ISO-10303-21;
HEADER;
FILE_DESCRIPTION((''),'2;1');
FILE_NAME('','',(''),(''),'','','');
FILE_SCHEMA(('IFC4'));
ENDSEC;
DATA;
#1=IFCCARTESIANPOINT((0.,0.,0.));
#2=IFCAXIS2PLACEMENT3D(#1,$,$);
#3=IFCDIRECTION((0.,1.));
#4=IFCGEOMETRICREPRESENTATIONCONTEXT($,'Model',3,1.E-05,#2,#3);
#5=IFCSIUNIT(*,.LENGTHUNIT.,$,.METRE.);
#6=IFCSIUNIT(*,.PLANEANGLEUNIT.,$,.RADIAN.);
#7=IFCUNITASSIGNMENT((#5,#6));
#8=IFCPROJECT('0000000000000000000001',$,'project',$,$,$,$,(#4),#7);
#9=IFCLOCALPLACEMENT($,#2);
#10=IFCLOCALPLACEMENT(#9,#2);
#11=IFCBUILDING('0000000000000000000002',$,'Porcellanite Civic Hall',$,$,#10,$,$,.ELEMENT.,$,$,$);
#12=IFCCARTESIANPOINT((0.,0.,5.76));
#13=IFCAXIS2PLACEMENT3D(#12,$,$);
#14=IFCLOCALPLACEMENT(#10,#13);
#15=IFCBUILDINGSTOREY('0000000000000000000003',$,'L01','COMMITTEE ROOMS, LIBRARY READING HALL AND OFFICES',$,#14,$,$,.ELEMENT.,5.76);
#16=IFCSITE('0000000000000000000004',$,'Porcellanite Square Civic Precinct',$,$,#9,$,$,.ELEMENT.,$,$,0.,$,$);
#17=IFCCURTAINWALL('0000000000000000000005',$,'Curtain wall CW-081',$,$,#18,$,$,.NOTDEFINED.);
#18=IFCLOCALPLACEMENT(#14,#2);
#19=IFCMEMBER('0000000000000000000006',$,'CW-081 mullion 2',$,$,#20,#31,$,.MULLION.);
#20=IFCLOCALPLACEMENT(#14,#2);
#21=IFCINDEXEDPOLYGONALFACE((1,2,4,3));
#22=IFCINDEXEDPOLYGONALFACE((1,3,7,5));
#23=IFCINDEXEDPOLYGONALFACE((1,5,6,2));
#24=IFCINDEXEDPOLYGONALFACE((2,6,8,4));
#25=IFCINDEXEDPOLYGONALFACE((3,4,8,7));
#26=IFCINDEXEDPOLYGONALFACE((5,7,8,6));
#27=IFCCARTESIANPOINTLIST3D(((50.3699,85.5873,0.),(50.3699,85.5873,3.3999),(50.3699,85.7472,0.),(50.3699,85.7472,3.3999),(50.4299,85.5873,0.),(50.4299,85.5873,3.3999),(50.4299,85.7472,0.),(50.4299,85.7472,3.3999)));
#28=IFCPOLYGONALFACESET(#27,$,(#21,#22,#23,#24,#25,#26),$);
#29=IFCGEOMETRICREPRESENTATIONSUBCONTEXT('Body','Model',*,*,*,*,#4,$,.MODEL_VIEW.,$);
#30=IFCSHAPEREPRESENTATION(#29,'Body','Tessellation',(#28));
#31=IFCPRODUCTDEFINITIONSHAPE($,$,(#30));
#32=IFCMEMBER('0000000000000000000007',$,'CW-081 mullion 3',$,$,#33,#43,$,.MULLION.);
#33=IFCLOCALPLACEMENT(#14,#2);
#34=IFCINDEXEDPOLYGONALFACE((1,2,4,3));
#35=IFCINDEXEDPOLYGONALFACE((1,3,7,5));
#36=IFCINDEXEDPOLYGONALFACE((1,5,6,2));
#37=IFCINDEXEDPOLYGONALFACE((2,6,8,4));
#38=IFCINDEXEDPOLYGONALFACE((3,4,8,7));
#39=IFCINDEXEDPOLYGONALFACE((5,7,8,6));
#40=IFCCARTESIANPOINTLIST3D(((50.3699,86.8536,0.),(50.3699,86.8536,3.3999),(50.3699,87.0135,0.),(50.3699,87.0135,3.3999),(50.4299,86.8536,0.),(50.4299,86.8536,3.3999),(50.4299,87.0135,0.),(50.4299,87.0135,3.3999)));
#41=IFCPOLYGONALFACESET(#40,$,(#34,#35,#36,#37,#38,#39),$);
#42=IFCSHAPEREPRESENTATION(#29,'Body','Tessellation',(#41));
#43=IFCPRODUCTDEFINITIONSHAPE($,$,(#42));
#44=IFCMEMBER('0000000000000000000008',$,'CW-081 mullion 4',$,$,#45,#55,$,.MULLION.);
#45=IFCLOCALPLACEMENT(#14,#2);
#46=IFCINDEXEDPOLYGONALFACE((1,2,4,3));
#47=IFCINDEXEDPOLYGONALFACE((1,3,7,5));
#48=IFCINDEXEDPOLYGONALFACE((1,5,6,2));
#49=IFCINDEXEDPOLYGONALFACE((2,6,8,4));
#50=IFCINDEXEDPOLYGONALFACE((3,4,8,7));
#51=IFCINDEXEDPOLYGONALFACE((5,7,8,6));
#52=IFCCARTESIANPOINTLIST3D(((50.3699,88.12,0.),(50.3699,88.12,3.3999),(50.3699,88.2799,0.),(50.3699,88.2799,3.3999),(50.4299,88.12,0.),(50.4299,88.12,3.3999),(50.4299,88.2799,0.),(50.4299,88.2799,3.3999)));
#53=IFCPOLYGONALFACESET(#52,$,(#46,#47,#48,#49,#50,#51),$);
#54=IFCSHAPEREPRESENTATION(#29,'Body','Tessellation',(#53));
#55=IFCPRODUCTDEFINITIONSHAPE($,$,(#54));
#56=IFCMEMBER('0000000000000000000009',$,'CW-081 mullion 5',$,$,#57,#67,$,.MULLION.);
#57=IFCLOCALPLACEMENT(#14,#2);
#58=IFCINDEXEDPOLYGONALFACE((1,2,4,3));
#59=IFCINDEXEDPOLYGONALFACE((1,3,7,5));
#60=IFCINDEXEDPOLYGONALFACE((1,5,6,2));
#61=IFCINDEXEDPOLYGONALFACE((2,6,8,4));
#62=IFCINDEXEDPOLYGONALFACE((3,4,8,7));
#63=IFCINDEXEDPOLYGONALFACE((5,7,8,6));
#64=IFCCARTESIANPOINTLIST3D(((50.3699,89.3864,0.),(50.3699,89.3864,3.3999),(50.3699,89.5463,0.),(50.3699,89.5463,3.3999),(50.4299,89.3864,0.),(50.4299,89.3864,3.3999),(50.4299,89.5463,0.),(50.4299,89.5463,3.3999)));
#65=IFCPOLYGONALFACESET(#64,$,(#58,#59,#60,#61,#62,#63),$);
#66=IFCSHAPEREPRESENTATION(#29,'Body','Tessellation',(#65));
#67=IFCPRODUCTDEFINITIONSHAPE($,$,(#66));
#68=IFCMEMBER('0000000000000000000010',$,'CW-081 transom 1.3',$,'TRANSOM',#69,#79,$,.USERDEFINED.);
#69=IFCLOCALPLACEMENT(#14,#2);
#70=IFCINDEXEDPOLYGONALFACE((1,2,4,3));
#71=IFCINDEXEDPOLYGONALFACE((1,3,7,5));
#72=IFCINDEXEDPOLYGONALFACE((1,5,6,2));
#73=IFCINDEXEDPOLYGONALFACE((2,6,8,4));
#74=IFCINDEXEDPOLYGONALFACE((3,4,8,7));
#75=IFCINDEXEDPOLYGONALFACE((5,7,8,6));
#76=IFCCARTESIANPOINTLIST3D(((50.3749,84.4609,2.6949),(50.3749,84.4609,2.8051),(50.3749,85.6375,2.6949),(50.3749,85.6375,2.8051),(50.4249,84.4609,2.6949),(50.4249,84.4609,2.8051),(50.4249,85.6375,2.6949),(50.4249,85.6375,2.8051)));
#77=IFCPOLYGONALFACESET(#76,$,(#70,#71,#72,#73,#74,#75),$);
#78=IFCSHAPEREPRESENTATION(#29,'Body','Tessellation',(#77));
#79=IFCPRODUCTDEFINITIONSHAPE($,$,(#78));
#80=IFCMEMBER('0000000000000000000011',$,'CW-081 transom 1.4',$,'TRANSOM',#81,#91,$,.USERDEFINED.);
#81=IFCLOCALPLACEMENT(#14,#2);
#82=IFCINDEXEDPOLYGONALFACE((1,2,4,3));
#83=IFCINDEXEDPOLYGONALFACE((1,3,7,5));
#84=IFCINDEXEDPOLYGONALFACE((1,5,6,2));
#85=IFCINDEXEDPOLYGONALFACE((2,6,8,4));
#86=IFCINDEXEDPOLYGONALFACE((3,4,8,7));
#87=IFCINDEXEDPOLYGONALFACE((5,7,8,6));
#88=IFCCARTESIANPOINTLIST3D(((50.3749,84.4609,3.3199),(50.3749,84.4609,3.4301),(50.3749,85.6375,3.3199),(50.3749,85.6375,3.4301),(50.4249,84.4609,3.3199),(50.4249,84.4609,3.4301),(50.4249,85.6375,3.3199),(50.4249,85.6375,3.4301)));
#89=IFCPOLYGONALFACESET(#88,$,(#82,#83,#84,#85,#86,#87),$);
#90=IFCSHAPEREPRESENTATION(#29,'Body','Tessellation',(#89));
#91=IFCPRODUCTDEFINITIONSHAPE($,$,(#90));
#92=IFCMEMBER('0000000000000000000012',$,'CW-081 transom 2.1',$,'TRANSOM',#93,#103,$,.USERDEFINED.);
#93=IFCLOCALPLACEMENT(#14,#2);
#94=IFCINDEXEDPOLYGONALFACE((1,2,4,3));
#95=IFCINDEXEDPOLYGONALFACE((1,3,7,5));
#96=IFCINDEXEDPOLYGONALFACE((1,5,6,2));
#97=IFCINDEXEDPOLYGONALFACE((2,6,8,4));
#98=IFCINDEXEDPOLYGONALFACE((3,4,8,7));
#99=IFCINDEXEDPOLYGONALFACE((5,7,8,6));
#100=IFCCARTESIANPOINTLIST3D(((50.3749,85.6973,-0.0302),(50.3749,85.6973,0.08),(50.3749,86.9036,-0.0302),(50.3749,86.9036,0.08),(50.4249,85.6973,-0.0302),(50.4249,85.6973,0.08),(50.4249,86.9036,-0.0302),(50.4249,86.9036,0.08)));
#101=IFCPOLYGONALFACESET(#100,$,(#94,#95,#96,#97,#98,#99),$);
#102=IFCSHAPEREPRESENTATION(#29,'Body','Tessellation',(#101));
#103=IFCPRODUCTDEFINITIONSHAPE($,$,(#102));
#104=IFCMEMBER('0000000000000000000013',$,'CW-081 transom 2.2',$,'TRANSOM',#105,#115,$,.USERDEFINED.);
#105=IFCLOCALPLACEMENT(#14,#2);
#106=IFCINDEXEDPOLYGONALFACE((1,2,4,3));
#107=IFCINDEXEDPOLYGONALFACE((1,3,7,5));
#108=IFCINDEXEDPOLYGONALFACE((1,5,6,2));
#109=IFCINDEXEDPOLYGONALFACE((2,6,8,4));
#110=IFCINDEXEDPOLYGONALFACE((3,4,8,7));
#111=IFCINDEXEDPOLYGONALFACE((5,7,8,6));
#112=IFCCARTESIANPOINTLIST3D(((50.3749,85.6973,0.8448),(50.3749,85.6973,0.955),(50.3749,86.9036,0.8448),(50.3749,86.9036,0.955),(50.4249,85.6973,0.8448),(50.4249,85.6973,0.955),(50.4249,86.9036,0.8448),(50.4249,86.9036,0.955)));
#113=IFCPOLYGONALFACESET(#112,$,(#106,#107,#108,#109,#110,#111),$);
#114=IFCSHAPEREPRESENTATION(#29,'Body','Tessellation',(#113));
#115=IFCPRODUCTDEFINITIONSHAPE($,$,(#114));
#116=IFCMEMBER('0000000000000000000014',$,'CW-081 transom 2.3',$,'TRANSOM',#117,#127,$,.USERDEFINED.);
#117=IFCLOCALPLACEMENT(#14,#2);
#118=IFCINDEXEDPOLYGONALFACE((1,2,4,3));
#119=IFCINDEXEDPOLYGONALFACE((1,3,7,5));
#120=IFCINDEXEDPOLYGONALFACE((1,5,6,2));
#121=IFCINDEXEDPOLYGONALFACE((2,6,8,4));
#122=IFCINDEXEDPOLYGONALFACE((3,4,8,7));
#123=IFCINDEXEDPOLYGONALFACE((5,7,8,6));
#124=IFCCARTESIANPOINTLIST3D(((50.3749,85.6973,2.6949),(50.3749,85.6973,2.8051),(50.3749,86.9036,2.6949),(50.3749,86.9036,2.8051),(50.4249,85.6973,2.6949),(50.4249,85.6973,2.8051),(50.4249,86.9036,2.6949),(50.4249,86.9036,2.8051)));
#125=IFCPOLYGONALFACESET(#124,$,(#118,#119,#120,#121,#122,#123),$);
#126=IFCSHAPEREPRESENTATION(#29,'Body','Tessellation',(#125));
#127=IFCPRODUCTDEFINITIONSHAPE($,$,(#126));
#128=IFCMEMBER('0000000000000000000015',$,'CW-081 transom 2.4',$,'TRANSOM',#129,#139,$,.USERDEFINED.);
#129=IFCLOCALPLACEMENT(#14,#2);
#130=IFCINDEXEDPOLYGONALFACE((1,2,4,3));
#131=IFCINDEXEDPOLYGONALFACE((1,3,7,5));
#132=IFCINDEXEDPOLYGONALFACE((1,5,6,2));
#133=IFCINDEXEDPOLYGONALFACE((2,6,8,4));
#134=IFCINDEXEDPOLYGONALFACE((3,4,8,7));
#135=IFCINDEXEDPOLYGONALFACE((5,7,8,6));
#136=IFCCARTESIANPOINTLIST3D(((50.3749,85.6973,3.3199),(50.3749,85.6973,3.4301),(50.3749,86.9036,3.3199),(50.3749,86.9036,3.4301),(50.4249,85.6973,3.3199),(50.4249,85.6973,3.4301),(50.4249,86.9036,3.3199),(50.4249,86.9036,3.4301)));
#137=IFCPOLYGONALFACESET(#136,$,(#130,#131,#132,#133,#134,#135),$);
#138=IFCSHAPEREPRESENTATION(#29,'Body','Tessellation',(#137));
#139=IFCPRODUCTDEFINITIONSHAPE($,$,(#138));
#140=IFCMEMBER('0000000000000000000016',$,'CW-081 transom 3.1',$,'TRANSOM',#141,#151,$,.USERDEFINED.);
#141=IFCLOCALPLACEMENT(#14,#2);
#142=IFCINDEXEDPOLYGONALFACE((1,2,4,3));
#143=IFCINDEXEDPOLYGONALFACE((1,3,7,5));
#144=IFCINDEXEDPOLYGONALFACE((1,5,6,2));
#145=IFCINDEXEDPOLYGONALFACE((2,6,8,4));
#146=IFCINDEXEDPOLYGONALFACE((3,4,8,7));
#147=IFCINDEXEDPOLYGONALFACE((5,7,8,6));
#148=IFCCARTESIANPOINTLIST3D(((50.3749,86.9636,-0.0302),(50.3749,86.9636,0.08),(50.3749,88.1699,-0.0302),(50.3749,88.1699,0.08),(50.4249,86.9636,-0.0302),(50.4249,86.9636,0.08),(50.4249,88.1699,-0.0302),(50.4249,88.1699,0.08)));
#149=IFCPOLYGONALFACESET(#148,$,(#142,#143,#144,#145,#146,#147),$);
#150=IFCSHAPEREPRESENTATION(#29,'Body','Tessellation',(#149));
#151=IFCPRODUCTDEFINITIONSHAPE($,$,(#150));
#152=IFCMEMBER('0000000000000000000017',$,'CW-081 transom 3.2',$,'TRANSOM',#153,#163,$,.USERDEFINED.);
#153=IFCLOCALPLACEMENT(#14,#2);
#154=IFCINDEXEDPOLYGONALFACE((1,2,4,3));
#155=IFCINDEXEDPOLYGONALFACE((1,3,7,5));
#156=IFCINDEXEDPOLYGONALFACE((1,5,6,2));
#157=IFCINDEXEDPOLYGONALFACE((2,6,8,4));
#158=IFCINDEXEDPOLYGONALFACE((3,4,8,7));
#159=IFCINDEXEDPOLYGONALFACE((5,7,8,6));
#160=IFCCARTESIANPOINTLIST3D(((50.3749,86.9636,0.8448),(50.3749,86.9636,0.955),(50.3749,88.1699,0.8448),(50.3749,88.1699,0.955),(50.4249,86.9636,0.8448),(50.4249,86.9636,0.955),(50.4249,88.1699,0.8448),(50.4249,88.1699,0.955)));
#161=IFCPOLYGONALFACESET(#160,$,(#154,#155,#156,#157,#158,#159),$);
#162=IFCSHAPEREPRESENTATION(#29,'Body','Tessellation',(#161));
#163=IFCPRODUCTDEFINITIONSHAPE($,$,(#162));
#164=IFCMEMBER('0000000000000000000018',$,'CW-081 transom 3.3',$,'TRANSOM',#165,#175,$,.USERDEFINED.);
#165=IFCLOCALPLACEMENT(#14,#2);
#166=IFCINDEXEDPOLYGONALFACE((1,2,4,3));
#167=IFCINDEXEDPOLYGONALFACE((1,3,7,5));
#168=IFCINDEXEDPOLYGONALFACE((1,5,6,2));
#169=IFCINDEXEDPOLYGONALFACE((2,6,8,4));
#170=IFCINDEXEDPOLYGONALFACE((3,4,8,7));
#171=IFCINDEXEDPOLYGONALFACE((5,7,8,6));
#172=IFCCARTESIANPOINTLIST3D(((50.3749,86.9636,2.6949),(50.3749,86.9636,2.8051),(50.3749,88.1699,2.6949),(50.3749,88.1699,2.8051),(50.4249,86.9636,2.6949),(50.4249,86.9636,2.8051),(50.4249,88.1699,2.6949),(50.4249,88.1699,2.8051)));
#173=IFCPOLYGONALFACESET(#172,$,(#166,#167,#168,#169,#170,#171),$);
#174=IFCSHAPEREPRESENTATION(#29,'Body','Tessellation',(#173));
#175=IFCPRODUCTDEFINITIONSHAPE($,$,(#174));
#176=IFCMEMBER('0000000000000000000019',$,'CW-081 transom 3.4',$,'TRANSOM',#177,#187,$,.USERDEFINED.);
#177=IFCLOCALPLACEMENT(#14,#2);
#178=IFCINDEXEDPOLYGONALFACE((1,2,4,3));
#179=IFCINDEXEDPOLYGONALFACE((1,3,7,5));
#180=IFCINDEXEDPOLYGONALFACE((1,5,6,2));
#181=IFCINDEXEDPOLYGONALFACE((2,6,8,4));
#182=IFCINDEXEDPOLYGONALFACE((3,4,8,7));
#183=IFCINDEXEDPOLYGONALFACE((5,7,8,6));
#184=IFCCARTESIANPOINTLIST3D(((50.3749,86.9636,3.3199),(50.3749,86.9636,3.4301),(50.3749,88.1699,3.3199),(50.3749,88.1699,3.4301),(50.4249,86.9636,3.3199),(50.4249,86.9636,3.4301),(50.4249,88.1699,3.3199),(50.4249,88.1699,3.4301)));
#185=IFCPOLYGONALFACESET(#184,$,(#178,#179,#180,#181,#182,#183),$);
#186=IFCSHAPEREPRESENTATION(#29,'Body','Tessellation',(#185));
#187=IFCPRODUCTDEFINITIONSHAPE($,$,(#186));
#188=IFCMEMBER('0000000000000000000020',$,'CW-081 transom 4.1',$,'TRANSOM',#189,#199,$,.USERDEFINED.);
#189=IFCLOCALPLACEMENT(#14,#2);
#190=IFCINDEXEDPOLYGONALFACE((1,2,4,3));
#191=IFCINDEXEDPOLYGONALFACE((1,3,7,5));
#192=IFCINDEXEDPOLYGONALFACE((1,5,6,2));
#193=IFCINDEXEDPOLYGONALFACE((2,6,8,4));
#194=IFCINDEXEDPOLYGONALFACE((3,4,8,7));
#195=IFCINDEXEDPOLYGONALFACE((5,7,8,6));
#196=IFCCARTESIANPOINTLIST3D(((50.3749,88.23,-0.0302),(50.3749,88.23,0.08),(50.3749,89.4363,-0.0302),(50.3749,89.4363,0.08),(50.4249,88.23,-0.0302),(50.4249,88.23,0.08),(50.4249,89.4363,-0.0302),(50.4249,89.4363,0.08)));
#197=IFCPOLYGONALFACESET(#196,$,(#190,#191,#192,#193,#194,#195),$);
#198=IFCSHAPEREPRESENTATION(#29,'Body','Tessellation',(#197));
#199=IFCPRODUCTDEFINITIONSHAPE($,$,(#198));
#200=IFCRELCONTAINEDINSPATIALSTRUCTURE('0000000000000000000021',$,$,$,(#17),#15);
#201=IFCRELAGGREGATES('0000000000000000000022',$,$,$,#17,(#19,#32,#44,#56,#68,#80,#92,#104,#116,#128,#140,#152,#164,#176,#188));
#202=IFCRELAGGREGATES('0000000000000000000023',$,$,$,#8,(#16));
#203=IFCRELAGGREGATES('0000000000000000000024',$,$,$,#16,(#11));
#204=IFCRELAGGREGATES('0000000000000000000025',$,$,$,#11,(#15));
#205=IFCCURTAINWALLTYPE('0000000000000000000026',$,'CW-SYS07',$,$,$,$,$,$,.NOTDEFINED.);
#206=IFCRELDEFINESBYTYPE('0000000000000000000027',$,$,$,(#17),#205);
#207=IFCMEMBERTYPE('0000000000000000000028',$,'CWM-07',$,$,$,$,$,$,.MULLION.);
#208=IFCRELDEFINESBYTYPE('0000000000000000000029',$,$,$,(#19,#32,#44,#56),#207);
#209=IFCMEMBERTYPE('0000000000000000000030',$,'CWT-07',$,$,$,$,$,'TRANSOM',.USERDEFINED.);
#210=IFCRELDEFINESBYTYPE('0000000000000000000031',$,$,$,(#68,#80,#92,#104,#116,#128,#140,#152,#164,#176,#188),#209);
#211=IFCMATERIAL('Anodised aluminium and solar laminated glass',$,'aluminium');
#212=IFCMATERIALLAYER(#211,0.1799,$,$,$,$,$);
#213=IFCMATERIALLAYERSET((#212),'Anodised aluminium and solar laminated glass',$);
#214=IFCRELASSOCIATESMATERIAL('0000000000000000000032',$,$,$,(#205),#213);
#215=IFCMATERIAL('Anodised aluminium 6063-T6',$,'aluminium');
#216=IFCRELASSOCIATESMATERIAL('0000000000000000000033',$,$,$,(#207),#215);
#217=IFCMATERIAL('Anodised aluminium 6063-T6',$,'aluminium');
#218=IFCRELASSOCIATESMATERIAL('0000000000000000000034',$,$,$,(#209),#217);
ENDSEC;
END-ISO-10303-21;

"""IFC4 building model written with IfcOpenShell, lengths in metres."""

from ifc_helpers import new_model, si_unit, direction, frame, origin, origin_2d, place, context, subcontext, project, spatial, rectangle, extrude, material, layer, layer_set, material_profile, profile_set, type_object, element, aggregate, save


model = new_model("IFC4")

# Units and contexts
model_context = context("Model", 3, precision=1e-05, world=origin(), true_north=direction((0.0, 1.0)))
body_context = subcontext(model_context, "Body", "Model", "MODEL_VIEW")
ifc_project = project(units=[si_unit("LENGTHUNIT", "METRE"), si_unit("PLANEANGLEUNIT", "RADIAN")], contexts=[model_context])

# Site, building, storey
site_placement = place(None, origin())
site = spatial("IfcSite", under=ifc_project, at=site_placement, Name="Porcellanite Square Civic Precinct", CompositionType="ELEMENT", RefElevation=0.0)
building_placement = place(site_placement, origin())
building = spatial("IfcBuilding", under=site, at=building_placement, Name="Porcellanite Civic Hall", CompositionType="ELEMENT")
storey_placement = place(building_placement, frame((0.0, 0.0, 5.76)))
storey = spatial("IfcBuildingStorey", under=building, at=storey_placement, Name="L01", Description="COMMITTEE ROOMS, LIBRARY READING HALL AND OFFICES", CompositionType="ELEMENT", Elevation=5.76)

# Curtain wall, members
ifc_material_1 = material(Name="Anodised aluminium and solar laminated glass", Category="aluminium")
ifc_layer_1 = layer(ifc_material_1, 0.1799)
ifc_layer_set_1 = layer_set([ifc_layer_1], Name="Anodised aluminium and solar laminated glass")
curtain_wall_type = type_object("IfcCurtainWallType", Name="CW-SYS07", PredefinedType="NOTDEFINED", material=ifc_layer_set_1)
curtain_wall_placement = place(storey_placement, origin())
curtain_wall = element("IfcCurtainWall", 1, at=curtain_wall_placement, inside=storey, type_object=curtain_wall_type, Name="Curtain wall CW-081", PredefinedType="NOTDEFINED")
ifc_material_2 = material(Name="Anodised aluminium 6063-T6", Category="aluminium")
ifc_material_profile_1 = material_profile(ifc_material_2, rectangle(XDim=0.0601, YDim=0.1599, at=origin_2d()), Name="AL-60x160")
ifc_profile_set_1 = profile_set([ifc_material_profile_1], Name="Anodised aluminium 6063-T6")
member_type_1 = type_object("IfcMemberType", Name="CWM-07", PredefinedType="MULLION", material=ifc_profile_set_1)
member_1_placement = place(storey_placement, frame((50.3999, 85.6672, 0.0), z_axis=(0.0, 0.0, 1.0), x_axis=(-1.0, 0.0, 0.0)))
member_1 = element("IfcMember", 2, at=member_1_placement, type_object=member_type_1, Name="CW-081 mullion 2", PredefinedType="MULLION", context=body_context, shape_type="SweptSolid", body=[
    extrude(rectangle(XDim=0.0601, YDim=0.1599, at=origin_2d()), origin(), (0.0, 0.0, 1.0), 3.3999),
])
member_2_placement = place(storey_placement, frame((50.3999, 86.9336, 0.0), z_axis=(0.0, 0.0, 1.0), x_axis=(-1.0, 0.0, 0.0)))
member_2 = element("IfcMember", 3, at=member_2_placement, type_object=member_type_1, Name="CW-081 mullion 3", PredefinedType="MULLION", context=body_context, shape_type="SweptSolid", body=[
    extrude(rectangle(XDim=0.0601, YDim=0.1599, at=origin_2d()), origin(), (0.0, 0.0, 1.0), 3.3999),
])
member_3_placement = place(storey_placement, frame((50.3999, 88.2, 0.0), z_axis=(0.0, 0.0, 1.0), x_axis=(-1.0, 0.0, 0.0)))
member_3 = element("IfcMember", 4, at=member_3_placement, type_object=member_type_1, Name="CW-081 mullion 4", PredefinedType="MULLION", context=body_context, shape_type="SweptSolid", body=[
    extrude(rectangle(XDim=0.0601, YDim=0.1599, at=origin_2d()), origin(), (0.0, 0.0, 1.0), 3.3999),
])
member_4_placement = place(storey_placement, frame((50.3999, 89.4663, 0.0), z_axis=(0.0, 0.0, 1.0), x_axis=(-1.0, 0.0, 0.0)))
member_4 = element("IfcMember", 5, at=member_4_placement, type_object=member_type_1, Name="CW-081 mullion 5", PredefinedType="MULLION", context=body_context, shape_type="SweptSolid", body=[
    extrude(rectangle(XDim=0.0601, YDim=0.1599, at=origin_2d()), origin(), (0.0, 0.0, 1.0), 3.3999),
])
ifc_material_3 = material(Name="Anodised aluminium 6063-T6", Category="aluminium")
ifc_material_profile_2 = material_profile(ifc_material_3, rectangle(XDim=0.05, YDim=0.1101, at=origin_2d()), Name="AL-50x110")
ifc_profile_set_2 = profile_set([ifc_material_profile_2], Name="Anodised aluminium 6063-T6")
member_type_2 = type_object("IfcMemberType", Name="CWT-07", ElementType="TRANSOM", PredefinedType="USERDEFINED", material=ifc_profile_set_2)
member_5_placement = place(storey_placement, frame((50.3999, 84.4609, 2.75), z_axis=(0.0, 1.0, 0.0), x_axis=(-1.0, 0.0, 0.0)))
member_5 = element("IfcMember", 6, at=member_5_placement, type_object=member_type_2, Name="CW-081 transom 1.3", ObjectType="TRANSOM", PredefinedType="USERDEFINED", context=body_context, shape_type="SweptSolid", body=[
    extrude(rectangle(XDim=0.05, YDim=0.1101, at=origin_2d()), origin(), (0.0, 0.0, 1.0), 1.1765),
])
member_6_placement = place(storey_placement, frame((50.3999, 84.4609, 3.375), z_axis=(0.0, 1.0, 0.0), x_axis=(-1.0, 0.0, 0.0)))
member_6 = element("IfcMember", 7, at=member_6_placement, type_object=member_type_2, Name="CW-081 transom 1.4", ObjectType="TRANSOM", PredefinedType="USERDEFINED", context=body_context, shape_type="SweptSolid", body=[
    extrude(rectangle(XDim=0.05, YDim=0.1101, at=origin_2d()), origin(), (0.0, 0.0, 1.0), 1.1765),
])
member_7_placement = place(storey_placement, frame((50.3999, 85.6973, 0.0249), z_axis=(0.0, 1.0, 0.0), x_axis=(-1.0, 0.0, 0.0)))
member_7 = element("IfcMember", 8, at=member_7_placement, type_object=member_type_2, Name="CW-081 transom 2.1", ObjectType="TRANSOM", PredefinedType="USERDEFINED", context=body_context, shape_type="SweptSolid", body=[
    extrude(rectangle(XDim=0.05, YDim=0.1101, at=origin_2d()), origin(), (0.0, 0.0, 1.0), 1.2063),
])
member_8_placement = place(storey_placement, frame((50.3999, 85.6973, 0.8999), z_axis=(0.0, 1.0, 0.0), x_axis=(-1.0, 0.0, 0.0)))
member_8 = element("IfcMember", 9, at=member_8_placement, type_object=member_type_2, Name="CW-081 transom 2.2", ObjectType="TRANSOM", PredefinedType="USERDEFINED", context=body_context, shape_type="SweptSolid", body=[
    extrude(rectangle(XDim=0.05, YDim=0.1101, at=origin_2d()), origin(), (0.0, 0.0, 1.0), 1.2063),
])
member_9_placement = place(storey_placement, frame((50.3999, 85.6973, 2.75), z_axis=(0.0, 1.0, 0.0), x_axis=(-1.0, 0.0, 0.0)))
member_9 = element("IfcMember", 10, at=member_9_placement, type_object=member_type_2, Name="CW-081 transom 2.3", ObjectType="TRANSOM", PredefinedType="USERDEFINED", context=body_context, shape_type="SweptSolid", body=[
    extrude(rectangle(XDim=0.05, YDim=0.1101, at=origin_2d()), origin(), (0.0, 0.0, 1.0), 1.2063),
])
member_10_placement = place(storey_placement, frame((50.3999, 85.6973, 3.375), z_axis=(0.0, 1.0, 0.0), x_axis=(-1.0, 0.0, 0.0)))
member_10 = element("IfcMember", 11, at=member_10_placement, type_object=member_type_2, Name="CW-081 transom 2.4", ObjectType="TRANSOM", PredefinedType="USERDEFINED", context=body_context, shape_type="SweptSolid", body=[
    extrude(rectangle(XDim=0.05, YDim=0.1101, at=origin_2d()), origin(), (0.0, 0.0, 1.0), 1.2063),
])
member_11_placement = place(storey_placement, frame((50.3999, 86.9636, 0.0249), z_axis=(0.0, 1.0, 0.0), x_axis=(-1.0, 0.0, 0.0)))
member_11 = element("IfcMember", 12, at=member_11_placement, type_object=member_type_2, Name="CW-081 transom 3.1", ObjectType="TRANSOM", PredefinedType="USERDEFINED", context=body_context, shape_type="SweptSolid", body=[
    extrude(rectangle(XDim=0.05, YDim=0.1101, at=origin_2d()), origin(), (0.0, 0.0, 1.0), 1.2063),
])
member_12_placement = place(storey_placement, frame((50.3999, 86.9636, 0.8999), z_axis=(0.0, 1.0, 0.0), x_axis=(-1.0, 0.0, 0.0)))
member_12 = element("IfcMember", 13, at=member_12_placement, type_object=member_type_2, Name="CW-081 transom 3.2", ObjectType="TRANSOM", PredefinedType="USERDEFINED", context=body_context, shape_type="SweptSolid", body=[
    extrude(rectangle(XDim=0.05, YDim=0.1101, at=origin_2d()), origin(), (0.0, 0.0, 1.0), 1.2063),
])
member_13_placement = place(storey_placement, frame((50.3999, 86.9636, 2.75), z_axis=(0.0, 1.0, 0.0), x_axis=(-1.0, 0.0, 0.0)))
member_13 = element("IfcMember", 14, at=member_13_placement, type_object=member_type_2, Name="CW-081 transom 3.3", ObjectType="TRANSOM", PredefinedType="USERDEFINED", context=body_context, shape_type="SweptSolid", body=[
    extrude(rectangle(XDim=0.05, YDim=0.1101, at=origin_2d()), origin(), (0.0, 0.0, 1.0), 1.2063),
])
member_14_placement = place(storey_placement, frame((50.3999, 86.9636, 3.375), z_axis=(0.0, 1.0, 0.0), x_axis=(-1.0, 0.0, 0.0)))
member_14 = element("IfcMember", 15, at=member_14_placement, type_object=member_type_2, Name="CW-081 transom 3.4", ObjectType="TRANSOM", PredefinedType="USERDEFINED", context=body_context, shape_type="SweptSolid", body=[
    extrude(rectangle(XDim=0.05, YDim=0.1101, at=origin_2d()), origin(), (0.0, 0.0, 1.0), 1.2063),
])
member_15_placement = place(storey_placement, frame((50.3999, 88.23, 0.0249), z_axis=(0.0, 1.0, 0.0), x_axis=(-1.0, 0.0, 0.0)))
member_15 = element("IfcMember", 16, at=member_15_placement, type_object=member_type_2, Name="CW-081 transom 4.1", ObjectType="TRANSOM", PredefinedType="USERDEFINED", context=body_context, shape_type="SweptSolid", body=[
    extrude(rectangle(XDim=0.05, YDim=0.1101, at=origin_2d()), origin(), (0.0, 0.0, 1.0), 1.2063),
])
aggregate(curtain_wall, [member_1, member_2, member_3, member_4, member_5, member_6, member_7, member_8, member_9, member_10, member_11, member_12, member_13, member_14, member_15])

save(model, "model.ifc")
